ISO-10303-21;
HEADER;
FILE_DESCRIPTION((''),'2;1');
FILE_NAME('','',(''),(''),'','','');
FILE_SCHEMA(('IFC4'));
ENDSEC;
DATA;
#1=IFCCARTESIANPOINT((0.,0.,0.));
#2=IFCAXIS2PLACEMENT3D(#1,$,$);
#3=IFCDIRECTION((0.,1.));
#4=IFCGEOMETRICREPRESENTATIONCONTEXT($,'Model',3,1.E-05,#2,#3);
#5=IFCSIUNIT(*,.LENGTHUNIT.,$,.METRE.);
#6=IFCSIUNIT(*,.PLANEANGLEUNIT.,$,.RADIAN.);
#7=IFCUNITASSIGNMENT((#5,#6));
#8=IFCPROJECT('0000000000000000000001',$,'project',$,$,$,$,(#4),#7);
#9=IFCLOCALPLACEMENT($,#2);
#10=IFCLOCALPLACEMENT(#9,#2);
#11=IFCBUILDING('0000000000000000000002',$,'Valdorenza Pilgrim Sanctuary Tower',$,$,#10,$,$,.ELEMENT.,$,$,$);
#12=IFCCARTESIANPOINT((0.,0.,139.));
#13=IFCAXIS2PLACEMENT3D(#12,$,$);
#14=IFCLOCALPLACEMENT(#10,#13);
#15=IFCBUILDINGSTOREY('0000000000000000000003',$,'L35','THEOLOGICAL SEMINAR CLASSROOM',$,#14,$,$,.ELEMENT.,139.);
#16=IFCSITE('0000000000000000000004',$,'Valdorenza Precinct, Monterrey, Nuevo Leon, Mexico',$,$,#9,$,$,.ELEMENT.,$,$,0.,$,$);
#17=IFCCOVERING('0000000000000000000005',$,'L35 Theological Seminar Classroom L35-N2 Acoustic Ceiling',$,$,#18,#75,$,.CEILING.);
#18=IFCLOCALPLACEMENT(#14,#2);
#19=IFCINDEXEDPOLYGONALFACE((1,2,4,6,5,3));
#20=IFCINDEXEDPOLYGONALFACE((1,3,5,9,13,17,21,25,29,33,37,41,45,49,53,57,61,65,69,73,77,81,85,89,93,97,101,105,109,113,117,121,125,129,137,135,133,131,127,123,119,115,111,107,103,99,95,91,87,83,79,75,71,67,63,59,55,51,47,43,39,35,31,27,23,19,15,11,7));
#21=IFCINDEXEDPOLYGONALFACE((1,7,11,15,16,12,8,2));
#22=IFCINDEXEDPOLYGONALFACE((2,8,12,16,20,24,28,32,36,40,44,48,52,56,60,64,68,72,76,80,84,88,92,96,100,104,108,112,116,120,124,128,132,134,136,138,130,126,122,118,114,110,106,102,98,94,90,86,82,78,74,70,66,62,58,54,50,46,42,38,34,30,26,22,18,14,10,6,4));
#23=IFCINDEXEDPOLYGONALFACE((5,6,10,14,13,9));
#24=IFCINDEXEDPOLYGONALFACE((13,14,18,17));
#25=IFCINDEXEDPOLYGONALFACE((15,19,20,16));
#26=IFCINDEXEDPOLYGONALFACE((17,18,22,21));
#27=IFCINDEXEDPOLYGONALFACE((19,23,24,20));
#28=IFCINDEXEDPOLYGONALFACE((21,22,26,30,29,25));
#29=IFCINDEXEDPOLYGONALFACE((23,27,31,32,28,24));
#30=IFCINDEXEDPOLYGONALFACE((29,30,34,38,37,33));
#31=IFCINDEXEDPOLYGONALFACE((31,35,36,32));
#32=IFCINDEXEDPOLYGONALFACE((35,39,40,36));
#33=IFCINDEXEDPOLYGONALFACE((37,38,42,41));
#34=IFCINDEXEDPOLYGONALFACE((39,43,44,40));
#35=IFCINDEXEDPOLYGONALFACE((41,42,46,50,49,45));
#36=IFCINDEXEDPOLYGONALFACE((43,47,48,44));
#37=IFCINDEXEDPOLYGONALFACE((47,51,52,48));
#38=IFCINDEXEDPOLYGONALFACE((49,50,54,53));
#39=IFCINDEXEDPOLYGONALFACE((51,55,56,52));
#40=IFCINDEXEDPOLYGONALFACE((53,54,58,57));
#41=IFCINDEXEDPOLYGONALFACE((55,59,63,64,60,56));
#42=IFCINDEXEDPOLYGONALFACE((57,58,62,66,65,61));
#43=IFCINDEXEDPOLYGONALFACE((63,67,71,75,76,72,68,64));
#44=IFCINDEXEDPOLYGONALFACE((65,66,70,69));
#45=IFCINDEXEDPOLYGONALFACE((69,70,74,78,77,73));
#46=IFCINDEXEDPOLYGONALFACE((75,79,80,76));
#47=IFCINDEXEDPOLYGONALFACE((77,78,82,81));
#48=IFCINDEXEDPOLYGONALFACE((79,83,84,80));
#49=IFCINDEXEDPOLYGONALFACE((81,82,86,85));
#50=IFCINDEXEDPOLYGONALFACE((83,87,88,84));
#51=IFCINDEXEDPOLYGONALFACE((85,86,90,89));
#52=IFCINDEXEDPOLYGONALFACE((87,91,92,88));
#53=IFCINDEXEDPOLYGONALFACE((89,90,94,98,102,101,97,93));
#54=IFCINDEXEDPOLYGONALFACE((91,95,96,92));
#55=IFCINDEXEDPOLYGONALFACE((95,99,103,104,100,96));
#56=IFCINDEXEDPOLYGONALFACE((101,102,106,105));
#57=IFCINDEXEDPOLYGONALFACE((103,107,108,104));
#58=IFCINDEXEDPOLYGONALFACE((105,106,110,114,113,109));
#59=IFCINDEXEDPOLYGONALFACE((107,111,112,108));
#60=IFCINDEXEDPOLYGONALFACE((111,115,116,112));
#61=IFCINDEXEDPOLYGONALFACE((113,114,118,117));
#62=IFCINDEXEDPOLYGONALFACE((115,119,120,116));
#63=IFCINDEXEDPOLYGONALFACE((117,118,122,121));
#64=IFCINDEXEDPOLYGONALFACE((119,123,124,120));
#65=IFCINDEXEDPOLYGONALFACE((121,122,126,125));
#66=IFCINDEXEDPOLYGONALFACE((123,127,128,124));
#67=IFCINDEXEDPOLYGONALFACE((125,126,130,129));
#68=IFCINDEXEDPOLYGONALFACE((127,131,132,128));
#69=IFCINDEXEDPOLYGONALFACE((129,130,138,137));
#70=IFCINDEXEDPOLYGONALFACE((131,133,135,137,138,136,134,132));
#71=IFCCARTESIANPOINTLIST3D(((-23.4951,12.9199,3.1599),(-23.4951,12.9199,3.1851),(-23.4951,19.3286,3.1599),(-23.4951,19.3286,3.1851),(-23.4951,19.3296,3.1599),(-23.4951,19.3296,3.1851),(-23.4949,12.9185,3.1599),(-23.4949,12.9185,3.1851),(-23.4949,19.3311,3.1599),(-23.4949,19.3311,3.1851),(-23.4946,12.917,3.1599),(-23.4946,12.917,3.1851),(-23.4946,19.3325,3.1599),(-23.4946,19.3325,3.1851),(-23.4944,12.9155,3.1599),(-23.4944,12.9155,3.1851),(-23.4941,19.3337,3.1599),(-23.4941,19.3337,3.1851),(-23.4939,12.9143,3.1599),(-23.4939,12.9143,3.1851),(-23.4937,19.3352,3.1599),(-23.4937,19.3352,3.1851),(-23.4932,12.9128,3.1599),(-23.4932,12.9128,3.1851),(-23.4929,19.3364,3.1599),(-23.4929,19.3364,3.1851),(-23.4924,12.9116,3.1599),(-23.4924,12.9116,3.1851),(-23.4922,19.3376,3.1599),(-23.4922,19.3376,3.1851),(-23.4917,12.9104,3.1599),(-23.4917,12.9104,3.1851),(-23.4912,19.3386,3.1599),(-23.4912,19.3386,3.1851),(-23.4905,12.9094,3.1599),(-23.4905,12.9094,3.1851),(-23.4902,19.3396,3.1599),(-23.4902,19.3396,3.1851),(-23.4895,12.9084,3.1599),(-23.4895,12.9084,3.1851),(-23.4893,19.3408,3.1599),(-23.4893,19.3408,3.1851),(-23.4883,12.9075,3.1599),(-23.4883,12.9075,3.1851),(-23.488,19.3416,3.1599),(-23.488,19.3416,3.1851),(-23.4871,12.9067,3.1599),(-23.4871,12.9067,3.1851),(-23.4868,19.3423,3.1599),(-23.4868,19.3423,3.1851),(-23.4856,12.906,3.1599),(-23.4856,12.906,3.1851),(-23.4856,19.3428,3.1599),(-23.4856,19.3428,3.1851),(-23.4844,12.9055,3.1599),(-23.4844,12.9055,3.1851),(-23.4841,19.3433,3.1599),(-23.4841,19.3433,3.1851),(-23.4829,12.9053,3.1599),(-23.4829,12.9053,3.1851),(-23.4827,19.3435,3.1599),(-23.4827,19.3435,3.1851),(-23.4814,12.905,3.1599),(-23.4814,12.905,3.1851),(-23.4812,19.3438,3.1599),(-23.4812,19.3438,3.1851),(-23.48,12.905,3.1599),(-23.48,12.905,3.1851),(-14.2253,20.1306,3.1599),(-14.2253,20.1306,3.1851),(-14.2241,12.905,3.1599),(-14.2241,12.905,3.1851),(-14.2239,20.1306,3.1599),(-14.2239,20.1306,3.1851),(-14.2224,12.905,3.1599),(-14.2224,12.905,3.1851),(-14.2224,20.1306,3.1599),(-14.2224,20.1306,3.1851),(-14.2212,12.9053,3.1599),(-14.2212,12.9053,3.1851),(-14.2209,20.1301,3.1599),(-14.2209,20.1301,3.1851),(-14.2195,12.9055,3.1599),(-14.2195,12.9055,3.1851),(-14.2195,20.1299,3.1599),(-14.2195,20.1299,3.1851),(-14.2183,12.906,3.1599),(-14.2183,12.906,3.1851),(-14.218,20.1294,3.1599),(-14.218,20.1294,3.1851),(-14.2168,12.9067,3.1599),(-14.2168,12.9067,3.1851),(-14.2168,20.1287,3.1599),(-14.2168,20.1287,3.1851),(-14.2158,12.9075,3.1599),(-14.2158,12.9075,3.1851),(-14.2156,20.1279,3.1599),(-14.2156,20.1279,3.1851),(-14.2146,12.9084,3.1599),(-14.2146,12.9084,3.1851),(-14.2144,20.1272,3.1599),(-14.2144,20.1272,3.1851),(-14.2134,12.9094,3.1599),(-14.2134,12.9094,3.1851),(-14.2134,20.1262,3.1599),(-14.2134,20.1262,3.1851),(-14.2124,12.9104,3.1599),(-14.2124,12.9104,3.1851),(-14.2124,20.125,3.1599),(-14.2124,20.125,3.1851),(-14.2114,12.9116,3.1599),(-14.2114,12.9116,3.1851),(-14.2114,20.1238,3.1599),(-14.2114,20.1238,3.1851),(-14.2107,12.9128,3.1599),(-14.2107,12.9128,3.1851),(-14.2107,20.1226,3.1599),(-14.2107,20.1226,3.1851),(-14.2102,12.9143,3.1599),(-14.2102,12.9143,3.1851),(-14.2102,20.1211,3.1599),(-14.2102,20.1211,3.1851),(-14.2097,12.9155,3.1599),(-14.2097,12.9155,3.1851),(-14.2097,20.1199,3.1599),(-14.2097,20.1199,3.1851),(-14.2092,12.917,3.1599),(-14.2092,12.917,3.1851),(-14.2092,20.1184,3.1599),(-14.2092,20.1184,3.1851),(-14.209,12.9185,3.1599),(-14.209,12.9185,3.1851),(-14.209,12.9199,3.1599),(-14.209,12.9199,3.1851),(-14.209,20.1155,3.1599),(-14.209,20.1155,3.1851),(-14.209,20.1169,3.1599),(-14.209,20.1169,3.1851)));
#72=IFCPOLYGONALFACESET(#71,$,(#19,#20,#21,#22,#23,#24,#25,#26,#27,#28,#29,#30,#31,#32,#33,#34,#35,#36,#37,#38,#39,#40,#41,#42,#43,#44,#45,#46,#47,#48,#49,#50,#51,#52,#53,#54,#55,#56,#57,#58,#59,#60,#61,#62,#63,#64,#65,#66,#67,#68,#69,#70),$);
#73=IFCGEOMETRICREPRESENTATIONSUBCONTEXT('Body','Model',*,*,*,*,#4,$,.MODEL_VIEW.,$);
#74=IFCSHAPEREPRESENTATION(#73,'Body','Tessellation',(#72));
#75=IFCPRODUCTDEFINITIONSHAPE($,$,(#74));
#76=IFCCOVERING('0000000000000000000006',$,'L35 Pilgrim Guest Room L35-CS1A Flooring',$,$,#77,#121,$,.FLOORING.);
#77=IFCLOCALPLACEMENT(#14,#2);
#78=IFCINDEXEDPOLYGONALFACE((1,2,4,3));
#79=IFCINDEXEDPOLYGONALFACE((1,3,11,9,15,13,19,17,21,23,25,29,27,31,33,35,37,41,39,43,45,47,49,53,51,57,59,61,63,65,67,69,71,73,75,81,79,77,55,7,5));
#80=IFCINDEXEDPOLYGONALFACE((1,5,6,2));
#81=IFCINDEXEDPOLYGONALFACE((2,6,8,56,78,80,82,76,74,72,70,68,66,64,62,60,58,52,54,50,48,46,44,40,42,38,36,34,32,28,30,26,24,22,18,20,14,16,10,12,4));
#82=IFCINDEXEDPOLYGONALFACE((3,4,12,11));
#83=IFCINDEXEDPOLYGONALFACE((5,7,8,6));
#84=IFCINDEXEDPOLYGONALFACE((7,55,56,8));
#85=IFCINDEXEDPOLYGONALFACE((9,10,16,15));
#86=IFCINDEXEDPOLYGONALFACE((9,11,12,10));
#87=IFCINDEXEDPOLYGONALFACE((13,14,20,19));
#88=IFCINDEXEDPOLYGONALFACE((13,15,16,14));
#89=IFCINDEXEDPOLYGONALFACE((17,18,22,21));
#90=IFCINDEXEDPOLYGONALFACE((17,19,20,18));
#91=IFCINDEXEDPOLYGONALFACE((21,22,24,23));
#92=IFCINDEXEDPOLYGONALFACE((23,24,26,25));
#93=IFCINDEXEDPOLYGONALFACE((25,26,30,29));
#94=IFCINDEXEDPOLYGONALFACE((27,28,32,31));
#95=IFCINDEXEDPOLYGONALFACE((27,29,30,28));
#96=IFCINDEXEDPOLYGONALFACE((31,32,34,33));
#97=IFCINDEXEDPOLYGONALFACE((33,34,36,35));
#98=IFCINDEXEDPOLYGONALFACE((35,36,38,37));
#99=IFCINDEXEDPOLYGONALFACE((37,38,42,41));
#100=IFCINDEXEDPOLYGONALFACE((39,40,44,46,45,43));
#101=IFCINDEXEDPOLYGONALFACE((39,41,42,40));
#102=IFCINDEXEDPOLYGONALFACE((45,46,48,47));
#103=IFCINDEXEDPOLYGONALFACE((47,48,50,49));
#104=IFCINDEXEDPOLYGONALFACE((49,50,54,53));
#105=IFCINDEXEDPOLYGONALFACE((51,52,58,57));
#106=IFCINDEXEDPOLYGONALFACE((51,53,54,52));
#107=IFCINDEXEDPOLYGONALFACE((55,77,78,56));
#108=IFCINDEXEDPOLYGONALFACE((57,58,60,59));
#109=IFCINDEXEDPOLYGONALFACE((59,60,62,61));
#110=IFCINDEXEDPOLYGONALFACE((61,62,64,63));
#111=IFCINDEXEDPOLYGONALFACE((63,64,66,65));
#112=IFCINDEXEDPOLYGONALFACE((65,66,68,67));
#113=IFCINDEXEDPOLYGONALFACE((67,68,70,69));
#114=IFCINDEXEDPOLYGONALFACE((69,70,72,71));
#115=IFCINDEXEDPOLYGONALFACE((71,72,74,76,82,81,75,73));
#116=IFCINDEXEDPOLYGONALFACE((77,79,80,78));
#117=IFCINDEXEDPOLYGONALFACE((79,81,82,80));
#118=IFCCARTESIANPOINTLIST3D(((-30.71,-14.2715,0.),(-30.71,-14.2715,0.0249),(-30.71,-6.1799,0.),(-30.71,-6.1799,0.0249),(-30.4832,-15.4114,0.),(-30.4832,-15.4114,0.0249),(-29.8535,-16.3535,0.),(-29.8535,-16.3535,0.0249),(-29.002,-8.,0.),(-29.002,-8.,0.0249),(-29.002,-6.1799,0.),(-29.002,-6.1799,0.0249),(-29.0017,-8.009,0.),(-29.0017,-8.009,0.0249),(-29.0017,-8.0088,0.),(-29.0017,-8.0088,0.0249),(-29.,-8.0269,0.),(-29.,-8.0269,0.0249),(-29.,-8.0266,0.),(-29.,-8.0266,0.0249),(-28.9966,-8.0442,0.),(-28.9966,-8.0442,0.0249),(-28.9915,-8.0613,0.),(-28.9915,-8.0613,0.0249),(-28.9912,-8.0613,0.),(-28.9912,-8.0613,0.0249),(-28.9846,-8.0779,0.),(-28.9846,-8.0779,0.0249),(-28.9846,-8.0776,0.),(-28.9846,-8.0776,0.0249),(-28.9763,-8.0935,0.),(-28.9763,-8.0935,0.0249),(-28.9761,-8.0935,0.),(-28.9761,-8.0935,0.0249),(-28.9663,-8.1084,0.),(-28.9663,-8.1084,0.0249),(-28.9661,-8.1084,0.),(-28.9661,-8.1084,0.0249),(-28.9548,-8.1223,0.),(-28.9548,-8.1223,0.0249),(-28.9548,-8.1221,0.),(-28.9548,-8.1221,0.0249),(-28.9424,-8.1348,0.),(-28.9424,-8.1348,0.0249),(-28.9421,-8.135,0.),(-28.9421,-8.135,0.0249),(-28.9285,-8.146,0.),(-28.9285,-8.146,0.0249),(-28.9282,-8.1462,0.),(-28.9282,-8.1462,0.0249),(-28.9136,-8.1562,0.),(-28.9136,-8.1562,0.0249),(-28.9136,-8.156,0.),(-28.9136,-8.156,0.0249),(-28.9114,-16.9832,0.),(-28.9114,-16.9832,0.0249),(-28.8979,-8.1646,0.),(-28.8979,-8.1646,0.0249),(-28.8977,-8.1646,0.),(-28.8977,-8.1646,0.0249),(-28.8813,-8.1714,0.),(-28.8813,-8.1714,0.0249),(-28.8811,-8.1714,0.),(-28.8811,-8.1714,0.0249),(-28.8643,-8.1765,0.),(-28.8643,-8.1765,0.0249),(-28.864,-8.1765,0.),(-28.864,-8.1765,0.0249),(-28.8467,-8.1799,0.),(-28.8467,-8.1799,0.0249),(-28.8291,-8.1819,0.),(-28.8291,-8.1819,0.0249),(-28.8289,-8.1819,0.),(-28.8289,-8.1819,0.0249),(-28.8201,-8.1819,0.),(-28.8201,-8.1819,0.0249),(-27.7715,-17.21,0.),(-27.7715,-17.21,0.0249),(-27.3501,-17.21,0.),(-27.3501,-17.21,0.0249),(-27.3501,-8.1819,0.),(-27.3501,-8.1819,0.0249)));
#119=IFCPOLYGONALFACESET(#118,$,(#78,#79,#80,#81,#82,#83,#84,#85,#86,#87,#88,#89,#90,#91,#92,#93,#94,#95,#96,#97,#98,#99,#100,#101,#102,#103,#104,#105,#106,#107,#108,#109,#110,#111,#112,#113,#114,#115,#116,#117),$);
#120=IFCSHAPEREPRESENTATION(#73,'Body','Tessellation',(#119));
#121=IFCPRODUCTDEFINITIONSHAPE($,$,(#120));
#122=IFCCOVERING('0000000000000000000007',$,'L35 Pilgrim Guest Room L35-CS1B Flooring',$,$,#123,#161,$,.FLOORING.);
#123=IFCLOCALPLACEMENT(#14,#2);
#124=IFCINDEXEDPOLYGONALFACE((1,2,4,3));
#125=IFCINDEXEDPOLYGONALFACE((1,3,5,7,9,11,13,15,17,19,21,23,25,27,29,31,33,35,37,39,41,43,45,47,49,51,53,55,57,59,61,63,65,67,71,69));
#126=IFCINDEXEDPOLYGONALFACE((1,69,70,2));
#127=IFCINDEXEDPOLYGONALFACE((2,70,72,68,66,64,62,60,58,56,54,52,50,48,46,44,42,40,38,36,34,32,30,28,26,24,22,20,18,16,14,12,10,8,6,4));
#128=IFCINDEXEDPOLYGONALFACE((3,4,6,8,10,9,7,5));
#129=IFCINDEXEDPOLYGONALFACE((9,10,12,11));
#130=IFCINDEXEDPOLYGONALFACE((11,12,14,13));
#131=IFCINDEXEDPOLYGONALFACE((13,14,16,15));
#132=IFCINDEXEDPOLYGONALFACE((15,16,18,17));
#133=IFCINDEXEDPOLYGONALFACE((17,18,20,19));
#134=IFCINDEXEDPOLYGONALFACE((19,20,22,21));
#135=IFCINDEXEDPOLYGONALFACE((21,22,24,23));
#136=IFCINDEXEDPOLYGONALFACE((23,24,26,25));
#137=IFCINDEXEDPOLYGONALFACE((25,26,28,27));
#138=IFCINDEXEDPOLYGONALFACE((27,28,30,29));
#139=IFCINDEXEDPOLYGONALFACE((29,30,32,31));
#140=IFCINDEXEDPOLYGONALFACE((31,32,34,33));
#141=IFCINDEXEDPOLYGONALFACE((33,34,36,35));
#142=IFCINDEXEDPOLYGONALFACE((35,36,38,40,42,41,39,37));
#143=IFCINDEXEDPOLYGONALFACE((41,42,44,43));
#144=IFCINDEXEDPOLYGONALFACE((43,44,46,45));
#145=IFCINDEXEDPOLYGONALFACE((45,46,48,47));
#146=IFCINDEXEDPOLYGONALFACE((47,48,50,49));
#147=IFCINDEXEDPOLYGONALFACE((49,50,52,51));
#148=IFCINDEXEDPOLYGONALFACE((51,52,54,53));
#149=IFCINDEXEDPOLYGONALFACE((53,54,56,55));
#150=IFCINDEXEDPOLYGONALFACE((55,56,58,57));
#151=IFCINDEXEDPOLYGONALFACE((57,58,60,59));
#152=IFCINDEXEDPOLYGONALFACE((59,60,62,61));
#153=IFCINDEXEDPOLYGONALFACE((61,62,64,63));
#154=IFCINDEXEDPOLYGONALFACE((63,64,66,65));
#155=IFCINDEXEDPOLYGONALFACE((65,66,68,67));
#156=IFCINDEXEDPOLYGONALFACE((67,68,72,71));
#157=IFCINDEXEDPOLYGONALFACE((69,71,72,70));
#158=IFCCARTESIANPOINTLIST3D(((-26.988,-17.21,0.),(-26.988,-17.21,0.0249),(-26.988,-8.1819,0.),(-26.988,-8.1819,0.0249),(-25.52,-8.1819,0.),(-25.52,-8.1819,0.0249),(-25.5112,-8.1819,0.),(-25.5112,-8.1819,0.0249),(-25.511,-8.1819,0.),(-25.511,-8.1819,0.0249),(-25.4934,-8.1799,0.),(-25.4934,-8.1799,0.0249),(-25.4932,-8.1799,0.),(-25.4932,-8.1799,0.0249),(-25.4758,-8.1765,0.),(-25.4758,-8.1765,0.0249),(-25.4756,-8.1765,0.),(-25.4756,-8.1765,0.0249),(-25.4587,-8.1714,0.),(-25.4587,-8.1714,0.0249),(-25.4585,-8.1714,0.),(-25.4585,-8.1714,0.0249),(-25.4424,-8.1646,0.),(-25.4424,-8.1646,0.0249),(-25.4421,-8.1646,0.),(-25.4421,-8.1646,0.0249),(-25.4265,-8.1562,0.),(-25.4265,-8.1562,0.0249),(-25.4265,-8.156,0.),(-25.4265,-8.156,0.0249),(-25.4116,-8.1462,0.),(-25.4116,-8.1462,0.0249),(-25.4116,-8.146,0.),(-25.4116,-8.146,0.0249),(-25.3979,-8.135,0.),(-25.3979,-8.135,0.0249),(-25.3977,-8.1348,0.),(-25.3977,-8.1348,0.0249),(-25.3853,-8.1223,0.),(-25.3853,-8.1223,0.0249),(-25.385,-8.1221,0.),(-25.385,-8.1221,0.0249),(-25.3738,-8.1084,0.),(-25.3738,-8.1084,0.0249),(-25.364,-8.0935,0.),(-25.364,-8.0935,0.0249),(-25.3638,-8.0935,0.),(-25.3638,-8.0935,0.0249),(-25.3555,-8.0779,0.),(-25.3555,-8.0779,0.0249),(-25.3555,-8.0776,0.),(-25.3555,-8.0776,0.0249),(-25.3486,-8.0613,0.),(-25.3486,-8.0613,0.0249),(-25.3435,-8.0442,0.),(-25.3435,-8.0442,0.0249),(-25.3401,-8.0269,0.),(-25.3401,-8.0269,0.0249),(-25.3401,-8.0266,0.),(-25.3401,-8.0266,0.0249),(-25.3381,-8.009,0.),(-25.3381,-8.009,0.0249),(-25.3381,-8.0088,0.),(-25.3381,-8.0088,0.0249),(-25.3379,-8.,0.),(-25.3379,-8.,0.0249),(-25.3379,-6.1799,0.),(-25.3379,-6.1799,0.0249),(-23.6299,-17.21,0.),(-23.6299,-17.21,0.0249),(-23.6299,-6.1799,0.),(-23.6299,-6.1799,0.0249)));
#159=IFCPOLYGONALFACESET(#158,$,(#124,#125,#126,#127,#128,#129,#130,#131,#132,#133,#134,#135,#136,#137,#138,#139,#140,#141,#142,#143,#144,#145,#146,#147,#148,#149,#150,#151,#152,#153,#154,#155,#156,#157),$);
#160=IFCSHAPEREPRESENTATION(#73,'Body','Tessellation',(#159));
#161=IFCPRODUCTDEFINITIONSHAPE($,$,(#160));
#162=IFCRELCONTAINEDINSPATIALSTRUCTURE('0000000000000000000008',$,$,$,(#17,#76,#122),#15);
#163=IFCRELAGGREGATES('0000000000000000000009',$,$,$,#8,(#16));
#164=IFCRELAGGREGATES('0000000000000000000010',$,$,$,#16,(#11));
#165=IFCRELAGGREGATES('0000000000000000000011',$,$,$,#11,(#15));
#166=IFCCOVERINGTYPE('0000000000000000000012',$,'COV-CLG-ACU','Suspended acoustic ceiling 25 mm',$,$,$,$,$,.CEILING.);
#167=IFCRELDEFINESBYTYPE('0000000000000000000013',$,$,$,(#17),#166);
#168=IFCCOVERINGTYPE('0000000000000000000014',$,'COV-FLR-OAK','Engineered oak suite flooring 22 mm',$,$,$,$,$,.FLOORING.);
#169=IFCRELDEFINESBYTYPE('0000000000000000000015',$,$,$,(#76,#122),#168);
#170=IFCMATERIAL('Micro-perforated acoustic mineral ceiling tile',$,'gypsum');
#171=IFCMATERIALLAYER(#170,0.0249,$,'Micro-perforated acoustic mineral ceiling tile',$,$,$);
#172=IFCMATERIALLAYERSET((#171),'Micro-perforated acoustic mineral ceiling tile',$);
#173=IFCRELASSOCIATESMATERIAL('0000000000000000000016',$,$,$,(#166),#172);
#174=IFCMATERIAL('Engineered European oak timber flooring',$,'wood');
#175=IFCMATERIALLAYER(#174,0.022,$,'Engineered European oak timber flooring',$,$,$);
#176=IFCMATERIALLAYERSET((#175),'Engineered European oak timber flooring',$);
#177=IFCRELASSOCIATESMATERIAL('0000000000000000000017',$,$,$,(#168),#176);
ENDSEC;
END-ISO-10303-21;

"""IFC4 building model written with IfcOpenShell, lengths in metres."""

from ifc_helpers import new_model, si_unit, direction, frame, origin, place, context, subcontext, project, spatial, polyline, outline, extrude, material, layer, layer_set, type_object, element, save


model = new_model("IFC4")

# Units and contexts
model_context = context("Model", 3, precision=1e-05, world=origin(), true_north=direction((0.0, 1.0)))
body_context = subcontext(model_context, "Body", "Model", "MODEL_VIEW")
ifc_project = project(units=[si_unit("LENGTHUNIT", "METRE"), si_unit("PLANEANGLEUNIT", "RADIAN")], contexts=[model_context])

# Site, building, storey
site_placement = place(None, origin())
site = spatial("IfcSite", under=ifc_project, at=site_placement, Name="Valdorenza Precinct, Monterrey, Nuevo Leon, Mexico", CompositionType="ELEMENT", RefElevation=0.0)
building_placement = place(site_placement, origin())
building = spatial("IfcBuilding", under=site, at=building_placement, Name="Valdorenza Pilgrim Sanctuary Tower", CompositionType="ELEMENT")
storey_placement = place(building_placement, frame((0.0, 0.0, 139.0)))
storey = spatial("IfcBuildingStorey", under=building, at=storey_placement, Name="L35", Description="THEOLOGICAL SEMINAR CLASSROOM", CompositionType="ELEMENT", Elevation=139.0)

# Coverings
ifc_material_1 = material(Name="Micro-perforated acoustic mineral ceiling tile", Category="gypsum")
ifc_layer_1 = layer(ifc_material_1, 0.0249, Name="Micro-perforated acoustic mineral ceiling tile")
ifc_layer_set_1 = layer_set([ifc_layer_1], Name="Micro-perforated acoustic mineral ceiling tile")
covering_type_1 = type_object("IfcCoveringType", Name="COV-CLG-ACU", Description="Suspended acoustic ceiling 25 mm", PredefinedType="CEILING", material=ifc_layer_set_1)
covering_1_placement = place(storey_placement, frame((0.0, 0.0, 3.1599)))
element("IfcCovering", 1, at=covering_1_placement, inside=storey, type_object=covering_type_1, Name="L35 Theological Seminar Classroom L35-N2 Acoustic Ceiling", PredefinedType="CEILING", context=body_context, shape_type="SweptSolid", body=[
    extrude(outline(polyline([(-23.4951, 19.3286), (-23.4951, 19.3296), (-23.4949, 19.3311), (-23.4946, 19.3325), (-23.4941, 19.3337), (-23.4937, 19.3352), (-23.4929, 19.3364), (-23.4922, 19.3376), (-23.4912, 19.3386), (-23.4902, 19.3396), (-23.4893, 19.3408), (-23.488, 19.3416), (-23.4868, 19.3423), (-23.4856, 19.3428), (-23.4841, 19.3433), (-23.4827, 19.3435), (-23.4812, 19.3438), (-14.2253, 20.1306), (-14.2239, 20.1306), (-14.2224, 20.1306), (-14.2209, 20.1301), (-14.2195, 20.1299), (-14.218, 20.1294), (-14.2168, 20.1287), (-14.2156, 20.1279), (-14.2144, 20.1272), (-14.2134, 20.1262), (-14.2124, 20.125), (-14.2114, 20.1238), (-14.2107, 20.1226), (-14.2102, 20.1211), (-14.2097, 20.1199), (-14.2092, 20.1184), (-14.209, 20.1169), (-14.209, 20.1155), (-14.209, 12.9199), (-14.209, 12.9185), (-14.2092, 12.917), (-14.2097, 12.9155), (-14.2102, 12.9143), (-14.2107, 12.9128), (-14.2114, 12.9116), (-14.2124, 12.9104), (-14.2134, 12.9094), (-14.2146, 12.9084), (-14.2158, 12.9075), (-14.2168, 12.9067), (-14.2183, 12.906), (-14.2195, 12.9055), (-14.2212, 12.9053), (-14.2224, 12.905), (-14.2241, 12.905), (-23.48, 12.905), (-23.4814, 12.905), (-23.4829, 12.9053), (-23.4844, 12.9055), (-23.4856, 12.906), (-23.4871, 12.9067), (-23.4883, 12.9075), (-23.4895, 12.9084), (-23.4905, 12.9094), (-23.4917, 12.9104), (-23.4924, 12.9116), (-23.4932, 12.9128), (-23.4939, 12.9143), (-23.4944, 12.9155), (-23.4946, 12.917), (-23.4949, 12.9185), (-23.4951, 12.9199), (-23.4951, 19.3286), (-23.4951, 19.3286)])), origin(), (0.0, 0.0, 1.0), 0.0251),
])
ifc_material_2 = material(Name="Engineered European oak timber flooring", Category="wood")
ifc_layer_2 = layer(ifc_material_2, 0.022, Name="Engineered European oak timber flooring")
ifc_layer_set_2 = layer_set([ifc_layer_2], Name="Engineered European oak timber flooring")
covering_type_2 = type_object("IfcCoveringType", Name="COV-FLR-OAK", Description="Engineered oak suite flooring 22 mm", PredefinedType="FLOORING", material=ifc_layer_set_2)
covering_2_placement = place(storey_placement, origin())
element("IfcCovering", 2, at=covering_2_placement, inside=storey, type_object=covering_type_2, Name="L35 Pilgrim Guest Room L35-CS1A Flooring", PredefinedType="FLOORING", context=body_context, shape_type="SweptSolid", body=[
    extrude(outline(polyline([(-28.9114, -16.9832), (-29.8535, -16.3535), (-30.4832, -15.4114), (-30.71, -14.2715), (-30.71, -6.1799), (-29.002, -6.1799), (-29.002, -8.0), (-29.0017, -8.0088), (-29.0017, -8.009), (-29.0, -8.0266), (-29.0, -8.0269), (-28.9966, -8.0442), (-28.9966, -8.0442), (-28.9915, -8.0613), (-28.9912, -8.0613), (-28.9846, -8.0776), (-28.9846, -8.0779), (-28.9763, -8.0935), (-28.9761, -8.0935), (-28.9663, -8.1084), (-28.9661, -8.1084), (-28.9548, -8.1221), (-28.9548, -8.1223), (-28.9424, -8.1348), (-28.9421, -8.135), (-28.9285, -8.146), (-28.9282, -8.1462), (-28.9136, -8.156), (-28.9136, -8.1562), (-28.8979, -8.1646), (-28.8977, -8.1646), (-28.8813, -8.1714), (-28.8811, -8.1714), (-28.8643, -8.1765), (-28.864, -8.1765), (-28.8467, -8.1799), (-28.8467, -8.1799), (-28.8291, -8.1819), (-28.8289, -8.1819), (-28.8201, -8.1819), (-27.3501, -8.1819), (-27.3501, -17.21), (-27.7715, -17.21), (-28.9114, -16.9832)])), origin(), (0.0, 0.0, 1.0), 0.0249),
])
covering_3_placement = place(storey_placement, origin())
element("IfcCovering", 3, at=covering_3_placement, inside=storey, type_object=covering_type_2, Name="L35 Pilgrim Guest Room L35-CS1B Flooring", PredefinedType="FLOORING", context=body_context, shape_type="SweptSolid", body=[
    extrude(outline(polyline([(-26.988, -17.21), (-26.988, -8.1819), (-25.52, -8.1819), (-25.5112, -8.1819), (-25.511, -8.1819), (-25.4934, -8.1799), (-25.4932, -8.1799), (-25.4758, -8.1765), (-25.4756, -8.1765), (-25.4587, -8.1714), (-25.4585, -8.1714), (-25.4424, -8.1646), (-25.4421, -8.1646), (-25.4265, -8.1562), (-25.4265, -8.156), (-25.4116, -8.1462), (-25.4116, -8.146), (-25.3979, -8.135), (-25.3977, -8.1348), (-25.3853, -8.1223), (-25.385, -8.1221), (-25.3738, -8.1084), (-25.3738, -8.1084), (-25.364, -8.0935), (-25.3638, -8.0935), (-25.3555, -8.0779), (-25.3555, -8.0776), (-25.3486, -8.0613), (-25.3486, -8.0613), (-25.3435, -8.0442), (-25.3435, -8.0442), (-25.3401, -8.0269), (-25.3401, -8.0266), (-25.3381, -8.009), (-25.3381, -8.0088), (-25.3379, -8.0), (-25.3379, -6.1799), (-23.6299, -6.1799), (-23.6299, -17.21), (-26.988, -17.21)])), origin(), (0.0, 0.0, 1.0), 0.0249),
])

save(model, "model.ifc")
